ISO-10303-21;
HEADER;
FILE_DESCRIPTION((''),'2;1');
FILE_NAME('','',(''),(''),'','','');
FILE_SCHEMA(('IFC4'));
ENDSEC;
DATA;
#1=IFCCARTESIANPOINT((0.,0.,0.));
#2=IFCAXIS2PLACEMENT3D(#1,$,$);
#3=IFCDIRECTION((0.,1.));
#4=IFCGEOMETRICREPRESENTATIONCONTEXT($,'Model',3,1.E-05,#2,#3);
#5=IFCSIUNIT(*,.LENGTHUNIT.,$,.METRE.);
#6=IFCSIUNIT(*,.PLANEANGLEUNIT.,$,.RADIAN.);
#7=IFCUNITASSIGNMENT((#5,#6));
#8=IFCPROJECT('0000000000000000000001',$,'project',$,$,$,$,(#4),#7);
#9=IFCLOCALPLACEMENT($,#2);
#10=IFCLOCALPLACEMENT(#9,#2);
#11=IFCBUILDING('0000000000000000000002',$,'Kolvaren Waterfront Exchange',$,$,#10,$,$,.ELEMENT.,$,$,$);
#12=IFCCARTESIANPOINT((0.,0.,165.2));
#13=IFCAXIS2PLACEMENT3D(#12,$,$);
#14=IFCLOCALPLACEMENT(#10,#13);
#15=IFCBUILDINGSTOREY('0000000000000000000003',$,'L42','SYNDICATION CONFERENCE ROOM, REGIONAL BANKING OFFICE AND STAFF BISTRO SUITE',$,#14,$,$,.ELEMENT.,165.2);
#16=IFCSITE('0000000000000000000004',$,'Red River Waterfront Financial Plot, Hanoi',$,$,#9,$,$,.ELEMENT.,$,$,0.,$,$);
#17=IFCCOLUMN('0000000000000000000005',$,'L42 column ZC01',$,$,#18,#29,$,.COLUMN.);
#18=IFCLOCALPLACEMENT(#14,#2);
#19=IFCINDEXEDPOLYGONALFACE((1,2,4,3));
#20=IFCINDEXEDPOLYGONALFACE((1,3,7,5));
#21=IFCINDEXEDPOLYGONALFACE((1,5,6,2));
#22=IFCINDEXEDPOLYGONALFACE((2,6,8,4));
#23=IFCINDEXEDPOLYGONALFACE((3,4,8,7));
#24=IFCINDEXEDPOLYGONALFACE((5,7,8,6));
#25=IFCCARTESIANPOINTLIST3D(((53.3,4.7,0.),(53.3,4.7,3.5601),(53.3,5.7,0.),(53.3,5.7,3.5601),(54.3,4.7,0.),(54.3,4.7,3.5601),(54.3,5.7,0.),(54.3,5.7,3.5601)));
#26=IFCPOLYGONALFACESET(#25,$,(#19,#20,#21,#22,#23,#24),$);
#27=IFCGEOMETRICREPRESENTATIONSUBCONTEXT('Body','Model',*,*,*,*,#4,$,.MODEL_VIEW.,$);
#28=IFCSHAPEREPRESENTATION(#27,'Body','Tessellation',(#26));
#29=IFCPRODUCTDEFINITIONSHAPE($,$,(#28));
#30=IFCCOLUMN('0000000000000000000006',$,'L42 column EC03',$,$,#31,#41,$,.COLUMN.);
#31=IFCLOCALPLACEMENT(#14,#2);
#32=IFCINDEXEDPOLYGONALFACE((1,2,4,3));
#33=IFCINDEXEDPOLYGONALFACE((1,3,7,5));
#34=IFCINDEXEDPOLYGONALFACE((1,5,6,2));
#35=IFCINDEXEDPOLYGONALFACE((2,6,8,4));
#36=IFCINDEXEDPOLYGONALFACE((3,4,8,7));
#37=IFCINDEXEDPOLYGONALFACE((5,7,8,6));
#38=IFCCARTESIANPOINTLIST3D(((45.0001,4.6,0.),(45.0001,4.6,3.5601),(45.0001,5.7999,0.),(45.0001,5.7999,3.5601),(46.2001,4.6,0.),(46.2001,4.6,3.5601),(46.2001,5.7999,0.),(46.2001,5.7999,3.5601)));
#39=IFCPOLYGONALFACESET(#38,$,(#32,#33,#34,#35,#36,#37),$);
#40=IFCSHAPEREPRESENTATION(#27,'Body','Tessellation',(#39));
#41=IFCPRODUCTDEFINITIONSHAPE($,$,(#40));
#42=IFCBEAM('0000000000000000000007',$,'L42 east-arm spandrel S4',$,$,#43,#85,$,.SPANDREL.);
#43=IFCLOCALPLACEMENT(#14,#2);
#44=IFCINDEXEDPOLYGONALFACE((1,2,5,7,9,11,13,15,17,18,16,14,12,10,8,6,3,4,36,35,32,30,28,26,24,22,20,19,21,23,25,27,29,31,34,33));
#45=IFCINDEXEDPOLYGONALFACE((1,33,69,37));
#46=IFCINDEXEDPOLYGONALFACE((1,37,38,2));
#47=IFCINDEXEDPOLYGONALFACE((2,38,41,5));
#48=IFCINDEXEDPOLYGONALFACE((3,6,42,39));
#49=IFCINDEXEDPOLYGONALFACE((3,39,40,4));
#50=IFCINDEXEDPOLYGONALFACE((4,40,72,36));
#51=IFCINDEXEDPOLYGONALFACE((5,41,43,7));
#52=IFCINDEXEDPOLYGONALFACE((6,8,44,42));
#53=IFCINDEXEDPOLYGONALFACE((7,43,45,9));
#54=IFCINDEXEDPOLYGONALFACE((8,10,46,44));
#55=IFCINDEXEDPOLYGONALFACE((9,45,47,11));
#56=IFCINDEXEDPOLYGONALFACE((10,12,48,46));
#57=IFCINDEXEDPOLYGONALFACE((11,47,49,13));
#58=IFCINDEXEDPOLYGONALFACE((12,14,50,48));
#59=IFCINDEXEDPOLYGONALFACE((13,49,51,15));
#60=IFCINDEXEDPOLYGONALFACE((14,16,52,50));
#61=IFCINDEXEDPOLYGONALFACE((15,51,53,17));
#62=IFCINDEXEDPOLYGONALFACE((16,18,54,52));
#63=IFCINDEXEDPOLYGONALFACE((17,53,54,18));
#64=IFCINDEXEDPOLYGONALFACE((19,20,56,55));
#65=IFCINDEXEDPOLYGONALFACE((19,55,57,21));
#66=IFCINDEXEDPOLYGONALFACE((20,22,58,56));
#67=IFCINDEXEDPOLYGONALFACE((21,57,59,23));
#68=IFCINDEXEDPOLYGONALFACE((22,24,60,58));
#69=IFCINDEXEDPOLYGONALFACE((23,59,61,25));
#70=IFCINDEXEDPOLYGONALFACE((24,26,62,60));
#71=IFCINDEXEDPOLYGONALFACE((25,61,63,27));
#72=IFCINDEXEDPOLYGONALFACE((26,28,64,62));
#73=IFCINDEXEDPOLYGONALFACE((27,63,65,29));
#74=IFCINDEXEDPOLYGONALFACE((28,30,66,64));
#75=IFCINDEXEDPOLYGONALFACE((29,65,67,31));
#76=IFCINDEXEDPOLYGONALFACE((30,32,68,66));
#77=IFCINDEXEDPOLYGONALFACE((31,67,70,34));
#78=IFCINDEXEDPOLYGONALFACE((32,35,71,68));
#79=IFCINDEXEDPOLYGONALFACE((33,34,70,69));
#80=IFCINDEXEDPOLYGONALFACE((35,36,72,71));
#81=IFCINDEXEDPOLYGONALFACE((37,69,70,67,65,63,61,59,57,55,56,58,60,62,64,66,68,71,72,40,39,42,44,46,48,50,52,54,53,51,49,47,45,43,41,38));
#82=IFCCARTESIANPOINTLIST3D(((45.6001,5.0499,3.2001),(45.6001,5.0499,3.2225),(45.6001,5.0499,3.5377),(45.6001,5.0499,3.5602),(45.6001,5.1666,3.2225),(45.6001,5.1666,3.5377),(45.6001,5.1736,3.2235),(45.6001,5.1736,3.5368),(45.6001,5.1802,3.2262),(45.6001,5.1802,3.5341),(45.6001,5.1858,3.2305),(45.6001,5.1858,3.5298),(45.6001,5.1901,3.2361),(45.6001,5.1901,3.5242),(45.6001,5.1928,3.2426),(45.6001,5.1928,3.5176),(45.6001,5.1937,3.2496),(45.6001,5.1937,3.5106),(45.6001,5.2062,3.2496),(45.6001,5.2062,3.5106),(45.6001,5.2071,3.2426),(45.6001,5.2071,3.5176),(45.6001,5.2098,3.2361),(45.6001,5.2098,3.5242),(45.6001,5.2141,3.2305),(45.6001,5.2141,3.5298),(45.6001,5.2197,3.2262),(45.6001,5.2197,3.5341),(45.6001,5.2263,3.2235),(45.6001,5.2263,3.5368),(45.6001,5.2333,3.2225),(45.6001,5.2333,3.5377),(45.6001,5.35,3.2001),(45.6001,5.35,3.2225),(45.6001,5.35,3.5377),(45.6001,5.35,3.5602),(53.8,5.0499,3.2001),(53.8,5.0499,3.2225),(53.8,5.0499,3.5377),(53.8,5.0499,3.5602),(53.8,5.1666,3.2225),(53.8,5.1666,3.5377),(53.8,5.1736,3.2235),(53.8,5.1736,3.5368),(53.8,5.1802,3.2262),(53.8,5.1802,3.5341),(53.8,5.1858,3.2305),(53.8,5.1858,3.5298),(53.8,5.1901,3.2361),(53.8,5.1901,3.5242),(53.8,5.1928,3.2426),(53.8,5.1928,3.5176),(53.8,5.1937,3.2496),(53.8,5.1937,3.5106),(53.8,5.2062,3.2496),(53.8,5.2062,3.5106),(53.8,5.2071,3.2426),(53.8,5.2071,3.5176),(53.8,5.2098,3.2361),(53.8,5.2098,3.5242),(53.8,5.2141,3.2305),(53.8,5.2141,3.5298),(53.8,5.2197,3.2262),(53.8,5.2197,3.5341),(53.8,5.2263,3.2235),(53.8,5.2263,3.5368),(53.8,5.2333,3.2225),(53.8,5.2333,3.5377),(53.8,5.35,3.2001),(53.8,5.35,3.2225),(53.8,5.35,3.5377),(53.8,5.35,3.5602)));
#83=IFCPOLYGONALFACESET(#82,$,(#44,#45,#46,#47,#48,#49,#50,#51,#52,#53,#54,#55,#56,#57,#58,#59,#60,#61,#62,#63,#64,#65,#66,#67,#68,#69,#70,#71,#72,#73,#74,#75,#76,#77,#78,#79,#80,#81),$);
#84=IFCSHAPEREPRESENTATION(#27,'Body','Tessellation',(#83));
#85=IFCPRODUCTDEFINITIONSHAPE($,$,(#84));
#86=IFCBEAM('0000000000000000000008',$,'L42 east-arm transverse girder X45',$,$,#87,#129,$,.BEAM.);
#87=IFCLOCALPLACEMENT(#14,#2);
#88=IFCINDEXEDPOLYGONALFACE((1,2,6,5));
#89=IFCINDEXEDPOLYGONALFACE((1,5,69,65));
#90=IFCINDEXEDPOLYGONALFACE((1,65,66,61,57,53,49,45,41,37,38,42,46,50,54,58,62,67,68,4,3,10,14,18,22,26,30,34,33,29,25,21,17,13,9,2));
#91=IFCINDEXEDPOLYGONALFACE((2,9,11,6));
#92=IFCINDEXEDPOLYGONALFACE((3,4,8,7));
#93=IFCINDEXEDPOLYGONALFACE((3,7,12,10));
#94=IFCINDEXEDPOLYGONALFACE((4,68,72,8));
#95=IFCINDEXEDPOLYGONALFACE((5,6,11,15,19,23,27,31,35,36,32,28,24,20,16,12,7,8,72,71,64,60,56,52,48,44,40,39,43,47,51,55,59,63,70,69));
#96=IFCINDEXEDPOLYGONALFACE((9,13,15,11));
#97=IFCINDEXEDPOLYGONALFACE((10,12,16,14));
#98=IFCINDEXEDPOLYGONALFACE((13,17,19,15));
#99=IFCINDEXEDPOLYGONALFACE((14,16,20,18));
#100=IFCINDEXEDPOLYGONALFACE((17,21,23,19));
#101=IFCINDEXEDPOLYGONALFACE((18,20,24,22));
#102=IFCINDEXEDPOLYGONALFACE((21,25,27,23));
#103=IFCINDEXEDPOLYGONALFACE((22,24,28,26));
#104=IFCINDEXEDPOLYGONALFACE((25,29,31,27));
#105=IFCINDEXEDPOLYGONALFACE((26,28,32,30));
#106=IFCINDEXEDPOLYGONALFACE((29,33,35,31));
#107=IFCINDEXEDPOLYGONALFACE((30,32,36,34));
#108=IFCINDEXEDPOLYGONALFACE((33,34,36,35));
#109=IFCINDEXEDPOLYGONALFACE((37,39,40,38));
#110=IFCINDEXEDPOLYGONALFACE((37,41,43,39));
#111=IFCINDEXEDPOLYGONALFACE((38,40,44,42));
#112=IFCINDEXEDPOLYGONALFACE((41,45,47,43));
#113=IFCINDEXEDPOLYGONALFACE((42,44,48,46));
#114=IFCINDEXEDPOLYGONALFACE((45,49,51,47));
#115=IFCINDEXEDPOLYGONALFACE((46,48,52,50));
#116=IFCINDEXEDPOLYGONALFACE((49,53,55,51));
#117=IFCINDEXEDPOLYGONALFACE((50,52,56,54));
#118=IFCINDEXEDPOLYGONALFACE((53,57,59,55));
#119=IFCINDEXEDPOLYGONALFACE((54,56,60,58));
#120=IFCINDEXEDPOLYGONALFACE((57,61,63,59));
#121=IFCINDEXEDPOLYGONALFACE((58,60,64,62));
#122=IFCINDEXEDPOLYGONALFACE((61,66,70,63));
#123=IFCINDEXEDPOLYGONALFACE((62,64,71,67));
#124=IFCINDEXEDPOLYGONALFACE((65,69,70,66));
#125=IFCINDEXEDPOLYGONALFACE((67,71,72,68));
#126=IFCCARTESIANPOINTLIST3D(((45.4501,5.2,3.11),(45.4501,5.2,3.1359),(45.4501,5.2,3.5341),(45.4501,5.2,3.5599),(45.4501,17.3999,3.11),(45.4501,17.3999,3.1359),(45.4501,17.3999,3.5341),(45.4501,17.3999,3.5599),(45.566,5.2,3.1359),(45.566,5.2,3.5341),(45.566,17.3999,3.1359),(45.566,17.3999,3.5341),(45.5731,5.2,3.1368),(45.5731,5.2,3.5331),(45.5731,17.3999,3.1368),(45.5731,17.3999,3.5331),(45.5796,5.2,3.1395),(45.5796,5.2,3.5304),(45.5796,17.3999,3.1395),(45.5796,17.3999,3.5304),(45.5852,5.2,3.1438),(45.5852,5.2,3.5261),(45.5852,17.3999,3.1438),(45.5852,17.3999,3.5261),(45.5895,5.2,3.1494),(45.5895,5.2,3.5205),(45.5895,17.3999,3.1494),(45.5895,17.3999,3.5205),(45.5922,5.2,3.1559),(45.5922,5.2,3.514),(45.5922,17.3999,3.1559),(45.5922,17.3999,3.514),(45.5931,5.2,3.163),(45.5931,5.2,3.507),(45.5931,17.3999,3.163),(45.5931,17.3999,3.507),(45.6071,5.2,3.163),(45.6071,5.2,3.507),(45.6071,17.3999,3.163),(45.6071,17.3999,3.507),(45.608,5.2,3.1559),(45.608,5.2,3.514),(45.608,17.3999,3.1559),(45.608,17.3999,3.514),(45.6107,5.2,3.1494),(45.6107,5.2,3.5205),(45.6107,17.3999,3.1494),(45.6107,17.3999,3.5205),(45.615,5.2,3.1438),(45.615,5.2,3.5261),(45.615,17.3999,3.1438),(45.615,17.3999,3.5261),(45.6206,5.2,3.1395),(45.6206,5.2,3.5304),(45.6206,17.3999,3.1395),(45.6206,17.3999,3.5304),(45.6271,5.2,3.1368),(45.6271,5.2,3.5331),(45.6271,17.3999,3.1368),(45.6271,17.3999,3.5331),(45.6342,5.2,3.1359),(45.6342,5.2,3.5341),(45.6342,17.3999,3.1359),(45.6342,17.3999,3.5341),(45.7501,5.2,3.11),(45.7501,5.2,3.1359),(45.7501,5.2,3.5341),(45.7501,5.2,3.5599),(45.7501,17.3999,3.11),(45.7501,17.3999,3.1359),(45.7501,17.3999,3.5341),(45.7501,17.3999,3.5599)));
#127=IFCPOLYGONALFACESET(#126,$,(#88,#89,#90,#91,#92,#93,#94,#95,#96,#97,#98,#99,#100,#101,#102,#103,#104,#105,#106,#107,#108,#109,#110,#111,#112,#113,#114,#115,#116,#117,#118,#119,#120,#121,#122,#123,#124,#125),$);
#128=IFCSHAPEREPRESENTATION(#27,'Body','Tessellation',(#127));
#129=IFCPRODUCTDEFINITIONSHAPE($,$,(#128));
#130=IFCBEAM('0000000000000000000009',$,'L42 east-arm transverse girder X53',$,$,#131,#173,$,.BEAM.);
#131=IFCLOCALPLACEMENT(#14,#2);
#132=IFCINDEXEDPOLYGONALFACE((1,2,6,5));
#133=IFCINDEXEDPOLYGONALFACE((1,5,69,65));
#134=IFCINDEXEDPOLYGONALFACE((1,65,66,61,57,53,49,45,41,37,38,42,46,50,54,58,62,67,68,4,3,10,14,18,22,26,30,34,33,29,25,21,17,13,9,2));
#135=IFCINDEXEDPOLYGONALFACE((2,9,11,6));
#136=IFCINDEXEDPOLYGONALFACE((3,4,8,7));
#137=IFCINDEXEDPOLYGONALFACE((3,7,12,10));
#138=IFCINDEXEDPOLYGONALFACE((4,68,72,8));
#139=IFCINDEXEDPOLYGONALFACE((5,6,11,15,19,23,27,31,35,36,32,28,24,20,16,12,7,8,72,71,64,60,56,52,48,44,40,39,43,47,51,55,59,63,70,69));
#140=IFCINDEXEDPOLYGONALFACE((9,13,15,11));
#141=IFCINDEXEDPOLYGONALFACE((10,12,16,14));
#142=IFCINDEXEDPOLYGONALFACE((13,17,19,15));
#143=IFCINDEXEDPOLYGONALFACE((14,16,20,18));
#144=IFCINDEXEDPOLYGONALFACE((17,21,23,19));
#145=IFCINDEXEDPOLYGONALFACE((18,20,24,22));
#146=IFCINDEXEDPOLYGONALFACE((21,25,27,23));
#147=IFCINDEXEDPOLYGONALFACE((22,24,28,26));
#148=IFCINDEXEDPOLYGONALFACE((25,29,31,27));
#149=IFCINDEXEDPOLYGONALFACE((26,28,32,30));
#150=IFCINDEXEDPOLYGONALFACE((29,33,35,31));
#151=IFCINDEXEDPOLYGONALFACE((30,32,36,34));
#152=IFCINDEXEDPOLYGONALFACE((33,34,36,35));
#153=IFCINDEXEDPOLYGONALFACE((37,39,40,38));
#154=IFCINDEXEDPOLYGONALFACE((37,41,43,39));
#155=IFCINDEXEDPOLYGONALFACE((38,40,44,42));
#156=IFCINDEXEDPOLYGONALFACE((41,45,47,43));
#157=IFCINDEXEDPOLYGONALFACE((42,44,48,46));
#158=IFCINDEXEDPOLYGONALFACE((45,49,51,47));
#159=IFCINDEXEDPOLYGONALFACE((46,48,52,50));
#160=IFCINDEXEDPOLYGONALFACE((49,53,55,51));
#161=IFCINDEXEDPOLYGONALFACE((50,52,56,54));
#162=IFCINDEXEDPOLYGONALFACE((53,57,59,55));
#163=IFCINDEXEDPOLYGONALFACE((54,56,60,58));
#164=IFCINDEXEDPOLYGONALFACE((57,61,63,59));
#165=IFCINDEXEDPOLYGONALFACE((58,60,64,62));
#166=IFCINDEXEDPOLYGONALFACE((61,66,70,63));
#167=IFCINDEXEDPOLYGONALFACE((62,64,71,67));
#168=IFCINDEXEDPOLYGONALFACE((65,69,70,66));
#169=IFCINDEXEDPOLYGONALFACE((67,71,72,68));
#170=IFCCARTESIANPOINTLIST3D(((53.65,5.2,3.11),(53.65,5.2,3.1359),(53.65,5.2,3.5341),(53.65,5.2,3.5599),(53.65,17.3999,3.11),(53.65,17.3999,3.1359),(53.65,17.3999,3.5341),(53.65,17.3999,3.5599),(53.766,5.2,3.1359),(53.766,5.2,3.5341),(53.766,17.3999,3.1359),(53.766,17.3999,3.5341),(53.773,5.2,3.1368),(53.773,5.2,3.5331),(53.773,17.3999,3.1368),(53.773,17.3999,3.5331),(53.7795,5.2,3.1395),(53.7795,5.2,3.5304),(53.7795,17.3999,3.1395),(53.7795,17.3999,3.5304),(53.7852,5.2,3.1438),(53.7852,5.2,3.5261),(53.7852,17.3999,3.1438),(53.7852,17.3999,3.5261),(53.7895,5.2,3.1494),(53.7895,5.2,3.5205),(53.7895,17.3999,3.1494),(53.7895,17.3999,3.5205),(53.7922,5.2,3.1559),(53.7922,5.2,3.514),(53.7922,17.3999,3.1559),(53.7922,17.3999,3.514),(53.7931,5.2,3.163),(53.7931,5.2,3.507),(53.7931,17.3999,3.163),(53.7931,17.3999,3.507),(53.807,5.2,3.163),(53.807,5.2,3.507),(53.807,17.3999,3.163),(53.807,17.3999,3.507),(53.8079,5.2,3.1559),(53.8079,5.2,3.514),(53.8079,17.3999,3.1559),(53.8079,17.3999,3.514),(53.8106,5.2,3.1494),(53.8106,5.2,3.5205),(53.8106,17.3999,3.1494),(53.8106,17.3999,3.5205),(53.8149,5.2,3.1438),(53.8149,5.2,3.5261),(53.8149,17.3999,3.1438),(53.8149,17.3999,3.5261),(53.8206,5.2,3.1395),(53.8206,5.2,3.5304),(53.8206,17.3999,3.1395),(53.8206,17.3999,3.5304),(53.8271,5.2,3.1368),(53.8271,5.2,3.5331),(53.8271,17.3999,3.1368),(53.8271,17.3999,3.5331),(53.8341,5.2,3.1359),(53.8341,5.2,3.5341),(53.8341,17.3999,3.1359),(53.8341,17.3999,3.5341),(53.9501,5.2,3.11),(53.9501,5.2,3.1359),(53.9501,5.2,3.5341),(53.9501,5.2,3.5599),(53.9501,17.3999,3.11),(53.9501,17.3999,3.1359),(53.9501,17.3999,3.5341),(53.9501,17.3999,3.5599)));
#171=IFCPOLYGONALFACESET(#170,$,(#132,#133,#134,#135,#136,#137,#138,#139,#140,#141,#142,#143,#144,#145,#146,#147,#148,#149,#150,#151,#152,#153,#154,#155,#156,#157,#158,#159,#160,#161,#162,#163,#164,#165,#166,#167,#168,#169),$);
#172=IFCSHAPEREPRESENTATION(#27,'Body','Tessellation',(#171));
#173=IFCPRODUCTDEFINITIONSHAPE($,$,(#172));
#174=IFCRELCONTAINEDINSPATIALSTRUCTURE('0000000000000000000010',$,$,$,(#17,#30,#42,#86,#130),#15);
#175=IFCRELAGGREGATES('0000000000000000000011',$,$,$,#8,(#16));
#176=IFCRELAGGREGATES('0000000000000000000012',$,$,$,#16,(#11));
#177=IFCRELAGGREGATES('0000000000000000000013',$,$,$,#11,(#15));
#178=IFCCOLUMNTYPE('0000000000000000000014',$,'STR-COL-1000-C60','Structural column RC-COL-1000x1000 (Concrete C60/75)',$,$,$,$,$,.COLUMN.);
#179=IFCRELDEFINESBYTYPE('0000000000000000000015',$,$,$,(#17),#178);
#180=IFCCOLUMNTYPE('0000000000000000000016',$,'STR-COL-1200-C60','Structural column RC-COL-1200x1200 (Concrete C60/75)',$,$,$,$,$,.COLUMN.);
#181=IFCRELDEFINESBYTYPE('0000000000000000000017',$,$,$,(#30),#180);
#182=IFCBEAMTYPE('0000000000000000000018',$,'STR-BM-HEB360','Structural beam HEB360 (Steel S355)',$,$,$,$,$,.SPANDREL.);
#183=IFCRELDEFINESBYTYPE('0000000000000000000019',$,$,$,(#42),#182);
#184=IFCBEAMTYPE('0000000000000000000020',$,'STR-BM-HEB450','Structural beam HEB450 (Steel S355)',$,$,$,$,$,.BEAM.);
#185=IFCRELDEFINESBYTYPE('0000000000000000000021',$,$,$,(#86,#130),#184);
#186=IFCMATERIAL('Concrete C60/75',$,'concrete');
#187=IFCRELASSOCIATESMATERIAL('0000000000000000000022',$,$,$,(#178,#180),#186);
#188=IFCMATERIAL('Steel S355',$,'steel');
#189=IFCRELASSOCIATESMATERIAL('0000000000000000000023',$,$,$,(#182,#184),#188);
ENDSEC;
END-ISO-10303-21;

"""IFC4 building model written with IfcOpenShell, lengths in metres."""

from ifc_helpers import new_model, si_unit, direction, frame, origin, origin_2d, place, context, subcontext, project, spatial, rectangle, i_section, extrude, material, material_profile, profile_set, type_object, element, save


model = new_model("IFC4")

# Units and contexts
model_context = context("Model", 3, precision=1e-05, world=origin(), true_north=direction((0.0, 1.0)))
body_context = subcontext(model_context, "Body", "Model", "MODEL_VIEW")
ifc_project = project(units=[si_unit("LENGTHUNIT", "METRE"), si_unit("PLANEANGLEUNIT", "RADIAN")], contexts=[model_context])

# Site, building, storey
site_placement = place(None, origin())
site = spatial("IfcSite", under=ifc_project, at=site_placement, Name="Red River Waterfront Financial Plot, Hanoi", CompositionType="ELEMENT", RefElevation=0.0)
building_placement = place(site_placement, origin())
building = spatial("IfcBuilding", under=site, at=building_placement, Name="Kolvaren Waterfront Exchange", CompositionType="ELEMENT")
storey_placement = place(building_placement, frame((0.0, 0.0, 165.2)))
storey = spatial("IfcBuildingStorey", under=building, at=storey_placement, Name="L42", Description="SYNDICATION CONFERENCE ROOM, REGIONAL BANKING OFFICE AND STAFF BISTRO SUITE", CompositionType="ELEMENT", Elevation=165.2)

# Columns
ifc_material_1 = material(Name="Concrete C60/75", Category="concrete")
ifc_material_profile_1 = material_profile(ifc_material_1, rectangle(XDim=1.0, YDim=1.0, at=origin_2d()), Name="RC-COL-1000x1000")
ifc_profile_set_1 = profile_set([ifc_material_profile_1], Name="Concrete C60/75")
column_type_1 = type_object("IfcColumnType", Name="STR-COL-1000-C60", Description="Structural column RC-COL-1000x1000 (Concrete C60/75)", PredefinedType="COLUMN", material=ifc_profile_set_1)
column_1_placement = place(storey_placement, frame((53.8, 5.2, 0.0), z_axis=(0.0, 0.0, 1.0), x_axis=(1.0, 0.0, 0.0)))
element("IfcColumn", 1, at=column_1_placement, inside=storey, type_object=column_type_1, Name="L42 column ZC01", PredefinedType="COLUMN", context=body_context, shape_type="SweptSolid", body=[
    extrude(rectangle(XDim=1.0, YDim=1.0, at=origin_2d()), origin(), (0.0, 0.0, 1.0), 3.5601),
])
ifc_material_profile_2 = material_profile(ifc_material_1, rectangle(XDim=1.2, YDim=1.2, at=origin_2d()), Name="RC-COL-1200x1200")
ifc_profile_set_2 = profile_set([ifc_material_profile_2], Name="Concrete C60/75")
column_type_2 = type_object("IfcColumnType", Name="STR-COL-1200-C60", Description="Structural column RC-COL-1200x1200 (Concrete C60/75)", PredefinedType="COLUMN", material=ifc_profile_set_2)
column_2_placement = place(storey_placement, frame((45.6001, 5.2, 0.0), z_axis=(0.0, 0.0, 1.0), x_axis=(1.0, 0.0, 0.0)))
element("IfcColumn", 2, at=column_2_placement, inside=storey, type_object=column_type_2, Name="L42 column EC03", PredefinedType="COLUMN", context=body_context, shape_type="SweptSolid", body=[
    extrude(rectangle(XDim=1.2, YDim=1.2, at=origin_2d()), origin(), (0.0, 0.0, 1.0), 3.5601),
])

# Beams
ifc_material_2 = material(Name="Steel S355", Category="steel")
ifc_material_profile_3 = material_profile(ifc_material_2, i_section(OverallWidth=0.3, OverallDepth=0.3601, WebThickness=0.0125, FlangeThickness=0.0225, FilletRadius=0.0271, at=origin_2d()), Name="HEB360")
ifc_profile_set_3 = profile_set([ifc_material_profile_3], Name="Steel S355")
beam_type_1 = type_object("IfcBeamType", Name="STR-BM-HEB360", Description="Structural beam HEB360 (Steel S355)", PredefinedType="SPANDREL", material=ifc_profile_set_3)
beam_1_placement = place(storey_placement, frame((45.6001, 5.2, 3.3801), z_axis=(1.0, 0.0, 0.0), x_axis=(0.0, 1.0, 0.0)))
element("IfcBeam", 3, at=beam_1_placement, inside=storey, type_object=beam_type_1, Name="L42 east-arm spandrel S4", PredefinedType="SPANDREL", context=body_context, shape_type="SweptSolid", body=[
    extrude(i_section(OverallWidth=0.3, OverallDepth=0.3601, WebThickness=0.0125, FlangeThickness=0.0225, FilletRadius=0.0271, at=origin_2d()), origin(), (0.0, 0.0, 1.0), 8.2),
])
ifc_material_profile_4 = material_profile(ifc_material_2, i_section(OverallWidth=0.3, OverallDepth=0.45, WebThickness=0.0139, FlangeThickness=0.0259, FilletRadius=0.0271, at=origin_2d()), Name="HEB450")
ifc_profile_set_4 = profile_set([ifc_material_profile_4], Name="Steel S355")
beam_type_2 = type_object("IfcBeamType", Name="STR-BM-HEB450", Description="Structural beam HEB450 (Steel S355)", PredefinedType="BEAM", material=ifc_profile_set_4)
for number, where, z_axis, x_axis, name in (
    (4, (45.6001, 5.2, 3.335), (0.0, 1.0, 0.0), (-1.0, 0.0, 0.0), "L42 east-arm transverse girder X45"),
    (5, (53.8, 5.2, 3.335), (0.0, 1.0, 0.0), (-1.0, 0.0, 0.0), "L42 east-arm transverse girder X53"),
):
    element("IfcBeam", number, at=place(storey_placement, frame(where, z_axis=z_axis, x_axis=x_axis)), inside=storey, type_object=beam_type_2, Name=name, PredefinedType="BEAM", context=body_context, shape_type="SweptSolid", body=[
        extrude(i_section(OverallWidth=0.3, OverallDepth=0.45, WebThickness=0.0139, FlangeThickness=0.0259, FilletRadius=0.0271, at=origin_2d()), origin(), (0.0, 0.0, 1.0), 12.2),
    ])

save(model, "model.ifc")
